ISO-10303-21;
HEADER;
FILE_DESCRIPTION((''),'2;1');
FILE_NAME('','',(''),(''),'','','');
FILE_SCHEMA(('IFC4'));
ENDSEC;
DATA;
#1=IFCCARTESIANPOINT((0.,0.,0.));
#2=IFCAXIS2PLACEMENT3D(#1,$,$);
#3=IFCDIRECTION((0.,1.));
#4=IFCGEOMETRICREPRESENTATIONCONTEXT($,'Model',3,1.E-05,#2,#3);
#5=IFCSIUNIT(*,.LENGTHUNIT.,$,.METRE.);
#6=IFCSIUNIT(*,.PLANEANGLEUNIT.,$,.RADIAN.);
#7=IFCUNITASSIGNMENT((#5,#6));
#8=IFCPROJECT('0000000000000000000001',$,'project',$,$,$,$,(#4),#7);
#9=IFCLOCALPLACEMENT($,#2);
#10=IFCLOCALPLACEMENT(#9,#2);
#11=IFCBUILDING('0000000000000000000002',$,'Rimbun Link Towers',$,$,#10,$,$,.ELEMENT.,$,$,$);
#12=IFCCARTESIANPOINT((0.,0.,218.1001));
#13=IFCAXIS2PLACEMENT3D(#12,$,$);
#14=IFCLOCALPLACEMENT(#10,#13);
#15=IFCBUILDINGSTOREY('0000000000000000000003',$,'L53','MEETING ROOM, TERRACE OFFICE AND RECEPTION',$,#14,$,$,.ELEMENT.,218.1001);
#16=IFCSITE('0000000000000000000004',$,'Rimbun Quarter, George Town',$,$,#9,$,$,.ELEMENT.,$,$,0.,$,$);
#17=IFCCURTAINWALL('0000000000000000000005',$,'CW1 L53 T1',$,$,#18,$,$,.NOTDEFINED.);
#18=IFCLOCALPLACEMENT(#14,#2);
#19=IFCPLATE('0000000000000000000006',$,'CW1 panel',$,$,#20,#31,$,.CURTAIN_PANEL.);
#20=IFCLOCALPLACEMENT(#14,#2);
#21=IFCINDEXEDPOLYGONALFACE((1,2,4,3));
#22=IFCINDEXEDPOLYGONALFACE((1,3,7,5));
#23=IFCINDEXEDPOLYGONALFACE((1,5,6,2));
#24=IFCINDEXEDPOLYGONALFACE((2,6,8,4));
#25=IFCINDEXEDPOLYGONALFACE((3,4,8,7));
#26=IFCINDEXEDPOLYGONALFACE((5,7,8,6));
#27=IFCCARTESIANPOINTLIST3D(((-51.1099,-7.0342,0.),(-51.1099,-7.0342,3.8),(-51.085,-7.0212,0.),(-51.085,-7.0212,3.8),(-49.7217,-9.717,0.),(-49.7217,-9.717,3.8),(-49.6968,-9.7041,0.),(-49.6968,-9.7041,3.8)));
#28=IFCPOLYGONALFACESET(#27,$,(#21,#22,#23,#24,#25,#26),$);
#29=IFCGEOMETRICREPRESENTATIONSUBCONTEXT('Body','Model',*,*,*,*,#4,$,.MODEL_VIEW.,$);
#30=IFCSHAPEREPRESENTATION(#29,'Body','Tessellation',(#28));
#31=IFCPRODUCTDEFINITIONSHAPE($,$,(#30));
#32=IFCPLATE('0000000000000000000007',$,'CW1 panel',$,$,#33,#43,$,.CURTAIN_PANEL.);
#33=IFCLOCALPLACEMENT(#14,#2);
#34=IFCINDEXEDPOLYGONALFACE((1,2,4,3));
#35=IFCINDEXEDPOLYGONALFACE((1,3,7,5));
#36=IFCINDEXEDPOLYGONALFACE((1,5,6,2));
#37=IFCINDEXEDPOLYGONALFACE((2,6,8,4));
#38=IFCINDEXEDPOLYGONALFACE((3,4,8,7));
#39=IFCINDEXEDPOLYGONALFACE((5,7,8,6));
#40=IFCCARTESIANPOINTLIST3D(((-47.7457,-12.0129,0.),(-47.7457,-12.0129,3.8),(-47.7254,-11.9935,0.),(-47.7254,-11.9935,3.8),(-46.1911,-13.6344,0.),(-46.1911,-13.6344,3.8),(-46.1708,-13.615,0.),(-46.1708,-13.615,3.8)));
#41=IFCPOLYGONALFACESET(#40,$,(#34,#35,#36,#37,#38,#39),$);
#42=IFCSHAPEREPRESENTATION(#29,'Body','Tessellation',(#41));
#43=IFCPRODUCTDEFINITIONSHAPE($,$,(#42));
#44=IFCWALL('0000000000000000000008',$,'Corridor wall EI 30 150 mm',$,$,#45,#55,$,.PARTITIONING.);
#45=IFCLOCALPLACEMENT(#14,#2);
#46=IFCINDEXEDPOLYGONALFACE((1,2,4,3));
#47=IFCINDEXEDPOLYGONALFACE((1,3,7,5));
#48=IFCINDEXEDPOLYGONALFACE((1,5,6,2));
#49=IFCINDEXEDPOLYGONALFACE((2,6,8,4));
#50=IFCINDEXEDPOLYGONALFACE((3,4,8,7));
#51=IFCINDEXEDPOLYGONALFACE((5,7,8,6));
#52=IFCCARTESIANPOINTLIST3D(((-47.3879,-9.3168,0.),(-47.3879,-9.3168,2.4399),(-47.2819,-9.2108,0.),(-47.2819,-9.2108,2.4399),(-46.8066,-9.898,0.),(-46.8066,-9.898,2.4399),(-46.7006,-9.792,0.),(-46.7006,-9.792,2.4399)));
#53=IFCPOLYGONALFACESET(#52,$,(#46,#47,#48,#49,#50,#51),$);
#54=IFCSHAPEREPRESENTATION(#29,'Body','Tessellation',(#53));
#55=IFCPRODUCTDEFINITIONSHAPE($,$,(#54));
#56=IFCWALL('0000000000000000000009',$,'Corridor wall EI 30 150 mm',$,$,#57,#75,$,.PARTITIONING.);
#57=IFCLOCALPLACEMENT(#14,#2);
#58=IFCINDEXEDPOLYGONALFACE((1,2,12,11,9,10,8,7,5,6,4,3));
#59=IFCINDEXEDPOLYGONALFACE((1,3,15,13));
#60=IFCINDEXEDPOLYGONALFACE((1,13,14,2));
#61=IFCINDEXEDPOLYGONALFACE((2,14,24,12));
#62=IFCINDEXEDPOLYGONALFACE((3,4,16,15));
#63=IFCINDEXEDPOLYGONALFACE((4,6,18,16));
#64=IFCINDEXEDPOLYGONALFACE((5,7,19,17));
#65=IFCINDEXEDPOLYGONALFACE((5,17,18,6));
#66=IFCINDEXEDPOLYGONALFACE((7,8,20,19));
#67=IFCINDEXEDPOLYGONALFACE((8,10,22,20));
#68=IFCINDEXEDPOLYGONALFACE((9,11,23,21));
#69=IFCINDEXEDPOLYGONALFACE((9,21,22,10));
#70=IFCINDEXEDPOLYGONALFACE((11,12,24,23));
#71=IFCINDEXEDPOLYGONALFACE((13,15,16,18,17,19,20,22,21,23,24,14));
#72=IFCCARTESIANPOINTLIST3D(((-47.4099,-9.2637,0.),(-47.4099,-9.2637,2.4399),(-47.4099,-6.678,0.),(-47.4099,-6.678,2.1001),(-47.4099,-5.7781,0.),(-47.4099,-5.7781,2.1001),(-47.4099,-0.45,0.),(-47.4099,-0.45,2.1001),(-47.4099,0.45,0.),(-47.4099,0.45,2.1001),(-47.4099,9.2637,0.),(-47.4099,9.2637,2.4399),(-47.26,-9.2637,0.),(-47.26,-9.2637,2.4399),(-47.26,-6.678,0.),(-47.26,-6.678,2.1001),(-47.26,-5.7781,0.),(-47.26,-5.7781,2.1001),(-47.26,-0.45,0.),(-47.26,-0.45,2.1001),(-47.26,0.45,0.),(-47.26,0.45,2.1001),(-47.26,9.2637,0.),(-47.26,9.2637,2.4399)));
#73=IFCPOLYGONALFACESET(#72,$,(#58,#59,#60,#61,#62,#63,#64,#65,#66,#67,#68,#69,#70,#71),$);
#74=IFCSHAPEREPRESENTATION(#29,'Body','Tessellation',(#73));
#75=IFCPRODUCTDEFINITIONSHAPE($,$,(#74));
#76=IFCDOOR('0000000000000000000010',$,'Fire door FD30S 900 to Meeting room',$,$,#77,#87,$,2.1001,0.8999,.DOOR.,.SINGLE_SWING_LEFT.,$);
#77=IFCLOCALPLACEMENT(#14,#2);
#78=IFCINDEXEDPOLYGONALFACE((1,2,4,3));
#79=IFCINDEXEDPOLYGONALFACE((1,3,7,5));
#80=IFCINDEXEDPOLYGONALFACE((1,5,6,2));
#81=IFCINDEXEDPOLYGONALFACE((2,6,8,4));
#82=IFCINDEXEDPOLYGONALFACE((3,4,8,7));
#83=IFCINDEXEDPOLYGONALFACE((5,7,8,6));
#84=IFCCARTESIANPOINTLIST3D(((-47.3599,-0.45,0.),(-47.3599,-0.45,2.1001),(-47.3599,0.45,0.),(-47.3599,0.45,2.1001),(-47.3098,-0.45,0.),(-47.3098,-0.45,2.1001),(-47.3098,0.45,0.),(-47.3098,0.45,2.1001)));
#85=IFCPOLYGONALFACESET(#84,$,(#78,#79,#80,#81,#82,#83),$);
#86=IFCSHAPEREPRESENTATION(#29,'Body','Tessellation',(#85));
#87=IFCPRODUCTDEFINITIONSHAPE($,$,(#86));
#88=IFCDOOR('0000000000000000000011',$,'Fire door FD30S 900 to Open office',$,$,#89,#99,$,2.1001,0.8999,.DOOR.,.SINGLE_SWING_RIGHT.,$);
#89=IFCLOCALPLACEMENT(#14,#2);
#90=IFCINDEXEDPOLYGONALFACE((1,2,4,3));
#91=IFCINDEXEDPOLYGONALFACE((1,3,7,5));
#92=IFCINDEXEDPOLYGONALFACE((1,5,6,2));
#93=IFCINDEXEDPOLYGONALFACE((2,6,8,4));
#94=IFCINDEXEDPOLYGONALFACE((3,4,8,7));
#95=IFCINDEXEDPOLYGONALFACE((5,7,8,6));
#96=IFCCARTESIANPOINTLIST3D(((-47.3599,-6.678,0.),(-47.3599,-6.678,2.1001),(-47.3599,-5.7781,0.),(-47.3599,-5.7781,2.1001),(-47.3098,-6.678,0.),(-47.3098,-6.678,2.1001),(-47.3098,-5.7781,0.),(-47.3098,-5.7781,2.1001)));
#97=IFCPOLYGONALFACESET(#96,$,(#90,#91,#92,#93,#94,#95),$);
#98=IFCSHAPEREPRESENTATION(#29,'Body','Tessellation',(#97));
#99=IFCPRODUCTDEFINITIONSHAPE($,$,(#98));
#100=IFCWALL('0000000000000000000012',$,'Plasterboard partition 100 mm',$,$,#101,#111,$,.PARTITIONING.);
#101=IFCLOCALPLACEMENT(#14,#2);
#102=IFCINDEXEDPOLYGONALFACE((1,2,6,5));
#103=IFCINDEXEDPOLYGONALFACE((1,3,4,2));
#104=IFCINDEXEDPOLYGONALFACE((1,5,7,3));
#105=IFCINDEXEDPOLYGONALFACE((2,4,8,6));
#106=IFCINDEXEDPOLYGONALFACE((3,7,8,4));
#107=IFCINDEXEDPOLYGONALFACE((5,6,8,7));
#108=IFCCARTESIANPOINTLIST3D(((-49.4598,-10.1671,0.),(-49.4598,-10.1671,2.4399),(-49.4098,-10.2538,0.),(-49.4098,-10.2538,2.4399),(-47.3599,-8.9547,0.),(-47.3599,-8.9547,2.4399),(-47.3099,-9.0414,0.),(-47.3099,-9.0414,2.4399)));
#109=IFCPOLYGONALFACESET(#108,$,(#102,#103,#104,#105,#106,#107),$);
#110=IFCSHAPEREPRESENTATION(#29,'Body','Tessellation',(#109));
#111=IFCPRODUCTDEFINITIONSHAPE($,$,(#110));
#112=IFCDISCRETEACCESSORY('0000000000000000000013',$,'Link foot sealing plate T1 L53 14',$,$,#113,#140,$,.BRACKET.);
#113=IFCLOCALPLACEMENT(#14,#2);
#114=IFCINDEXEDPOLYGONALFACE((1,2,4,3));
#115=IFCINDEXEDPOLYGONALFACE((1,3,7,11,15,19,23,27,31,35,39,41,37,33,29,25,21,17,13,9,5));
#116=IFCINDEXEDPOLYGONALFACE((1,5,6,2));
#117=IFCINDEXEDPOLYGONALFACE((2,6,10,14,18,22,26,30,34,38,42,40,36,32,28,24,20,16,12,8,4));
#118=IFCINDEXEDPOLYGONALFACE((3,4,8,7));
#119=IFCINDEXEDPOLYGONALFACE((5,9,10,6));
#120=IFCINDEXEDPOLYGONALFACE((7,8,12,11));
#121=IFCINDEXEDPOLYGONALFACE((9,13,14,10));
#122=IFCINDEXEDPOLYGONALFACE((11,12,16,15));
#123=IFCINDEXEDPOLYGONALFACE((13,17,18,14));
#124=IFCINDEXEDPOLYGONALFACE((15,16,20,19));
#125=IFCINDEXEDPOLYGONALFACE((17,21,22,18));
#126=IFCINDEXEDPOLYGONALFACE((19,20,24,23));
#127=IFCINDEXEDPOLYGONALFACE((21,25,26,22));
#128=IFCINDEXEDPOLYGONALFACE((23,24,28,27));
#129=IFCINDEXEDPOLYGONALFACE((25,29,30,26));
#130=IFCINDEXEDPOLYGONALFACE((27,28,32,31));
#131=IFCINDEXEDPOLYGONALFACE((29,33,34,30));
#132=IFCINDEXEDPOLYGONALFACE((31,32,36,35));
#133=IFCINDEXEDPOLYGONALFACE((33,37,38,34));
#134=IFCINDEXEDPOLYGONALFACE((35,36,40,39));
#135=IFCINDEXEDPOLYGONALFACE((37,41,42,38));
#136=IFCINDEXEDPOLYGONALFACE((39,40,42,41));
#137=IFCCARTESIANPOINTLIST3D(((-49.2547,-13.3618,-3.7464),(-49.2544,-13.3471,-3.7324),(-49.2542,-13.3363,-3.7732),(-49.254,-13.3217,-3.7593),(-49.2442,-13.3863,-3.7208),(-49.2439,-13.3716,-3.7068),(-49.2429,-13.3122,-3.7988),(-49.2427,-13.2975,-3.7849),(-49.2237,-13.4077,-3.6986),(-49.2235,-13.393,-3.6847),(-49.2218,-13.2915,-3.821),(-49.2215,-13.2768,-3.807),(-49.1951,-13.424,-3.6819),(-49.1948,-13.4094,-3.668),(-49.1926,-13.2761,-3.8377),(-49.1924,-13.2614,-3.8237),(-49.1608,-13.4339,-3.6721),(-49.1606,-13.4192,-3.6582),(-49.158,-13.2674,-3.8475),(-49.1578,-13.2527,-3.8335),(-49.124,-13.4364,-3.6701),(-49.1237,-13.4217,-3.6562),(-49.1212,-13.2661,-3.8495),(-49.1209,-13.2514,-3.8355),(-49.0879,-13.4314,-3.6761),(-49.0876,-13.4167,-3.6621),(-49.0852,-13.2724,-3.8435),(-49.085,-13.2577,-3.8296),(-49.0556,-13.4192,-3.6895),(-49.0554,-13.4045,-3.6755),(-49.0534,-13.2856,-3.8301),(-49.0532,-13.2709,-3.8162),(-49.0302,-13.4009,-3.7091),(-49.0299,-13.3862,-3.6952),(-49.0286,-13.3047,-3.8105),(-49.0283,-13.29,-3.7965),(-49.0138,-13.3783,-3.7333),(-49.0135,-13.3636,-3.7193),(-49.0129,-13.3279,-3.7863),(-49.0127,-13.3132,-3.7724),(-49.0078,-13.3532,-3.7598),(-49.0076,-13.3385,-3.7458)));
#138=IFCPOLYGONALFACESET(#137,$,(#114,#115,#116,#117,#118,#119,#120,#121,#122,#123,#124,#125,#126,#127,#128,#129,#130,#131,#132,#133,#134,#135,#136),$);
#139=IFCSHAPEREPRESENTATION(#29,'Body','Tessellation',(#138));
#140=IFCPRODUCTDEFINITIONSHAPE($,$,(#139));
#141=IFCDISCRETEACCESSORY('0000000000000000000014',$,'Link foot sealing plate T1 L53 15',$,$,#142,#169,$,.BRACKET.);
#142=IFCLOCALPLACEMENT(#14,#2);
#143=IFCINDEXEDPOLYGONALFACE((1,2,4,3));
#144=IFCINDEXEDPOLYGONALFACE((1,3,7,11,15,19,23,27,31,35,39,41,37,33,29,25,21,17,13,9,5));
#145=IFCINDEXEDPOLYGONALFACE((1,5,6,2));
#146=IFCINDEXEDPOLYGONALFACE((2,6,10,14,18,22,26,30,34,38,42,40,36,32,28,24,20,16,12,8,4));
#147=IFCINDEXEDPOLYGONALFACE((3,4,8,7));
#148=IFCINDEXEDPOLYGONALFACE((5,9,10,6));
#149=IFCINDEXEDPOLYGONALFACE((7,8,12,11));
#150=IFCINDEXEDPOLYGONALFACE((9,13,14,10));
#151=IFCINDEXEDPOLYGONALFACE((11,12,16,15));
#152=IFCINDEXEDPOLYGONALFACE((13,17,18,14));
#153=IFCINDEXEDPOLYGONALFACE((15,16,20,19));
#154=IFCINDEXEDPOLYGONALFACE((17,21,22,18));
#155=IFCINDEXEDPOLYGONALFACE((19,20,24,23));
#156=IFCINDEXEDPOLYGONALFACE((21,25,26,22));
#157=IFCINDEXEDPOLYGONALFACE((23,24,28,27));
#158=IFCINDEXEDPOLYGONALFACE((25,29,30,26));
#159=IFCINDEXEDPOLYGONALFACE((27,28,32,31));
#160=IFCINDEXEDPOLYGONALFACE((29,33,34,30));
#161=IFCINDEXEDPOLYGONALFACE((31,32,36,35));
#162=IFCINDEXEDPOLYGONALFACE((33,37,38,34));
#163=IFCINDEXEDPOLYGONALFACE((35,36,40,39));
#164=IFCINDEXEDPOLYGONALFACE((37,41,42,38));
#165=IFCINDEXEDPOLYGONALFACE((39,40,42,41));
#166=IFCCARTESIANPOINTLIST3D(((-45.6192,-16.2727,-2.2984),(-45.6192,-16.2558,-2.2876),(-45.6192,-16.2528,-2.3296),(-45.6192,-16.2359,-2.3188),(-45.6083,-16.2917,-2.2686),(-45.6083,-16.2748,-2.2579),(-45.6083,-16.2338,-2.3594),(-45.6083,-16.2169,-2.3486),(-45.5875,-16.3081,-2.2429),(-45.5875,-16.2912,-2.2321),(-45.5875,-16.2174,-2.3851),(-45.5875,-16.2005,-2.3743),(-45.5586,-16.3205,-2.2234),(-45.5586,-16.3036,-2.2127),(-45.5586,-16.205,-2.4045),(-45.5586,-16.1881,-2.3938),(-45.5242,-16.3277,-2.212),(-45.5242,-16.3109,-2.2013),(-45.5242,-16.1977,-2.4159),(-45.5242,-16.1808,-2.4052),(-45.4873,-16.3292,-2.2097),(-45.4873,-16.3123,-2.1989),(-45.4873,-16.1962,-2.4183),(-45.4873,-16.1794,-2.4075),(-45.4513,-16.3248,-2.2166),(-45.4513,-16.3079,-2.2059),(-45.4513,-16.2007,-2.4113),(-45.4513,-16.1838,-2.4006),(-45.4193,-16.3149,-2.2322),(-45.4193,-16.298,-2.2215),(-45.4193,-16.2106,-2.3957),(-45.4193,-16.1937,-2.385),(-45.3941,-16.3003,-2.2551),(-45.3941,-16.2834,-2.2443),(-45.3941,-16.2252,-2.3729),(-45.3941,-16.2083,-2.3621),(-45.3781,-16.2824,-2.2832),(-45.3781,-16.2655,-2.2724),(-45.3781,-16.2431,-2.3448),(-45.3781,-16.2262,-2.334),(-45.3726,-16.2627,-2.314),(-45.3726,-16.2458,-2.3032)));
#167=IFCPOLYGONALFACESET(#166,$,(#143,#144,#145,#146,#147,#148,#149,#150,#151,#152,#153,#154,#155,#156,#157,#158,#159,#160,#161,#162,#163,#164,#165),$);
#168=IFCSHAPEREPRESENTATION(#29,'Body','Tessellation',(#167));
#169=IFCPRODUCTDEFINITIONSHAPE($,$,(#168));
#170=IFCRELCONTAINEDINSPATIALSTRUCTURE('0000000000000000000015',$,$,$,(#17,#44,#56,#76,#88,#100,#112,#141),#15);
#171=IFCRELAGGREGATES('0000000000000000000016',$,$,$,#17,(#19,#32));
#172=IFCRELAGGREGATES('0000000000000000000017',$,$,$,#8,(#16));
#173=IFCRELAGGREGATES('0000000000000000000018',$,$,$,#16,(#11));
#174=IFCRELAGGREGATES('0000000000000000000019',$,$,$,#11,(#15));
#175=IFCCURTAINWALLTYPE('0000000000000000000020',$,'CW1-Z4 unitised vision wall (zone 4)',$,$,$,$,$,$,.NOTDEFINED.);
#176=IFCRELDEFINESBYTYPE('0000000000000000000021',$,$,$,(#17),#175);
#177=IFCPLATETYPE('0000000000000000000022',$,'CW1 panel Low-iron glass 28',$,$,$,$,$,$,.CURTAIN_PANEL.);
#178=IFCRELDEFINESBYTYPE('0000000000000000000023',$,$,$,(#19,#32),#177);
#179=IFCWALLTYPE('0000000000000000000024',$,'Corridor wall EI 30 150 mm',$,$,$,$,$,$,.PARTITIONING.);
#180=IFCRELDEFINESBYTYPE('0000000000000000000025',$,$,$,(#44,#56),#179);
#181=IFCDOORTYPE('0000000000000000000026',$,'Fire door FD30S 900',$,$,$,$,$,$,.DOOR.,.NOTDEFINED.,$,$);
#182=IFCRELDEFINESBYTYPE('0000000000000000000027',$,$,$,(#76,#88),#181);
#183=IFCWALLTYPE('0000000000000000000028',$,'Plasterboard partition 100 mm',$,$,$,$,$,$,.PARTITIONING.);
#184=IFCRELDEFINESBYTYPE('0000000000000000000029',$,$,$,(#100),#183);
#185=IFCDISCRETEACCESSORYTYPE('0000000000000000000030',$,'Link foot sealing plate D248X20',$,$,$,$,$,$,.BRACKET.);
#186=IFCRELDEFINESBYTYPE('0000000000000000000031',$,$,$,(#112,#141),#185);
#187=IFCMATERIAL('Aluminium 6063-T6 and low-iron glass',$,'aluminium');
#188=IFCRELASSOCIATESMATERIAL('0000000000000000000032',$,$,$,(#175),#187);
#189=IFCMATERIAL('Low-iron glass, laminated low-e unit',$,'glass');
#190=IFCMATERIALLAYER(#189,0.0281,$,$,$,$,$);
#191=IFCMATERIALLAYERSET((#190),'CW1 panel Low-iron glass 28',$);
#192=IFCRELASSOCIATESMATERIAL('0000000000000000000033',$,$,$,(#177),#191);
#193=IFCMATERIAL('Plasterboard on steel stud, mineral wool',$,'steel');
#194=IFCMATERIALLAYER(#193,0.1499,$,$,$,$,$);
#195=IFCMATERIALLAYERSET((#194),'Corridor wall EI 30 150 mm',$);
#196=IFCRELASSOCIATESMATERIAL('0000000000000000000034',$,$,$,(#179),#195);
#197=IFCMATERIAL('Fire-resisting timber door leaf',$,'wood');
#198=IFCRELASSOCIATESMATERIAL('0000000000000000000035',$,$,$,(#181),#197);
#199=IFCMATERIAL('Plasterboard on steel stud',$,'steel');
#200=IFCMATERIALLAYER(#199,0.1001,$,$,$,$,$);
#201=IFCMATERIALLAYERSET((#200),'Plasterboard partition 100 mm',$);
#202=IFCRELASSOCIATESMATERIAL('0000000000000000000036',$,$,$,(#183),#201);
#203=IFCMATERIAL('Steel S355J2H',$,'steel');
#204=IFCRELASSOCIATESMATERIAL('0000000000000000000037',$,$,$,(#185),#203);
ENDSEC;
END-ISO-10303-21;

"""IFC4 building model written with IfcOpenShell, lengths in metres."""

from ifc_helpers import new_model, si_unit, direction, frame, frame_2d, origin, origin_2d, place, context, subcontext, project, spatial, rectangle, circle, extrude, material, layer, layer_set, material_profile, profile_set, type_object, element, fill, aggregate, save


model = new_model("IFC4")

# Units and contexts
model_context = context("Model", 3, precision=1e-05, world=origin(), true_north=direction((0.0, 1.0)))
body_context = subcontext(model_context, "Body", "Model", "MODEL_VIEW")
ifc_project = project(units=[si_unit("LENGTHUNIT", "METRE"), si_unit("PLANEANGLEUNIT", "RADIAN")], contexts=[model_context])

# Site, building, storey
site_placement = place(None, origin())
site = spatial("IfcSite", under=ifc_project, at=site_placement, Name="Rimbun Quarter, George Town", CompositionType="ELEMENT", RefElevation=0.0)
building_placement = place(site_placement, origin())
building = spatial("IfcBuilding", under=site, at=building_placement, Name="Rimbun Link Towers", CompositionType="ELEMENT")
storey_placement = place(building_placement, frame((0.0, 0.0, 218.1001)))
storey = spatial("IfcBuildingStorey", under=building, at=storey_placement, Name="L53", Description="MEETING ROOM, TERRACE OFFICE AND RECEPTION", CompositionType="ELEMENT", Elevation=218.1001)

# Curtain wall
ifc_material_1 = material(Name="Aluminium 6063-T6 and low-iron glass", Category="aluminium")
curtain_wall_type = type_object("IfcCurtainWallType", Name="CW1-Z4 unitised vision wall (zone 4)", PredefinedType="NOTDEFINED", material=ifc_material_1)
curtain_wall_placement = place(storey_placement, origin())
curtain_wall = element("IfcCurtainWall", 1, at=curtain_wall_placement, inside=storey, type_object=curtain_wall_type, Name="CW1 L53 T1", PredefinedType="NOTDEFINED")

# Plates
ifc_material_2 = material(Name="Low-iron glass, laminated low-e unit", Category="glass")
ifc_layer_1 = layer(ifc_material_2, 0.0281)
ifc_layer_set_1 = layer_set([ifc_layer_1], Name="CW1 panel Low-iron glass 28")
plate_type = type_object("IfcPlateType", Name="CW1 panel Low-iron glass 28", PredefinedType="CURTAIN_PANEL", material=ifc_layer_set_1)
plate_1_placement = place(storey_placement, frame((-50.4033, -8.3691, 0.0), z_axis=(0.0, 0.0, 1.0), x_axis=(-0.459554, 0.88815, 0.0)))
plate_1 = element("IfcPlate", 2, at=plate_1_placement, type_object=plate_type, Name="CW1 panel", PredefinedType="CURTAIN_PANEL", context=body_context, shape_type="SweptSolid", body=[
    extrude(rectangle(XDim=3.0208, YDim=0.0281, at=origin_2d()), origin(), (0.0, 0.0, 1.0), 3.8),
])
plate_2_placement = place(storey_placement, frame((-46.9583, -12.814, 0.0), z_axis=(0.0, 0.0, 1.0), x_axis=(-0.692053, 0.721846, 0.0)))
plate_2 = element("IfcPlate", 3, at=plate_2_placement, type_object=plate_type, Name="CW1 panel", PredefinedType="CURTAIN_PANEL", context=body_context, shape_type="SweptSolid", body=[
    extrude(rectangle(XDim=2.2463, YDim=0.0281, at=origin_2d()), origin(), (0.0, 0.0, 1.0), 3.8),
])
aggregate(curtain_wall, [plate_1, plate_2])

# Wall
ifc_material_3 = material(Name="Plasterboard on steel stud, mineral wool", Category="steel")
ifc_layer_2 = layer(ifc_material_3, 0.1499)
ifc_layer_set_2 = layer_set([ifc_layer_2], Name="Corridor wall EI 30 150 mm")
wall_type_1 = type_object("IfcWallType", Name="Corridor wall EI 30 150 mm", PredefinedType="PARTITIONING", material=ifc_layer_set_2)
wall_1_placement = place(storey_placement, frame((-47.335, -9.2637, 0.0), z_axis=(0.0, 0.0, 1.0), x_axis=(0.707107, -0.707107, 0.0)))
element("IfcWall", 4, at=wall_1_placement, inside=storey, type_object=wall_type_1, Name="Corridor wall EI 30 150 mm", PredefinedType="PARTITIONING", context=body_context, shape_type="SweptSolid", body=[
    extrude(rectangle(XDim=0.822, YDim=0.1499, at=frame_2d((0.4111, 0.0))), origin(), (0.0, 0.0, 1.0), 2.4399),
])

# Wall, openings, doors
wall_2_placement = place(storey_placement, frame((-47.335, -9.2637, 0.0), z_axis=(0.0, 0.0, 1.0), x_axis=(0.0, 1.0, 0.0)))
wall_2 = element("IfcWall", 5, at=wall_2_placement, inside=storey, type_object=wall_type_1, Name="Corridor wall EI 30 150 mm", PredefinedType="PARTITIONING", context=body_context, shape_type="SweptSolid", body=[
    extrude(rectangle(XDim=18.5273, YDim=0.1499, at=frame_2d((9.2637, 0.0))), origin(), (0.0, 0.0, 1.0), 2.4399),
])
opening_1_placement = place(wall_2_placement, frame((8.8137, 0.0, 0.0)))
opening_1 = element("IfcOpeningElement", 6, at=opening_1_placement, cuts=wall_2, PredefinedType="OPENING", context=body_context, shape_type="SweptSolid", body=[
    extrude(rectangle(XDim=0.8999, YDim=2.1001, at=frame_2d((0.45, 1.05))), frame((0.0, 0.085, 0.0), z_axis=(0.0, -1.0, 0.0), x_axis=(1.0, 0.0, 0.0)), (0.0, 0.0, 1.0), 0.1699),
])
opening_2_placement = place(wall_2_placement, frame((2.5857, 0.0, 0.0)))
opening_2 = element("IfcOpeningElement", 7, at=opening_2_placement, cuts=wall_2, PredefinedType="OPENING", context=body_context, shape_type="SweptSolid", body=[
    extrude(rectangle(XDim=0.8999, YDim=2.1001, at=frame_2d((0.45, 1.05))), frame((0.0, 0.085, 0.0), z_axis=(0.0, -1.0, 0.0), x_axis=(1.0, 0.0, 0.0)), (0.0, 0.0, 1.0), 0.1699),
])
ifc_material_4 = material(Name="Fire-resisting timber door leaf", Category="wood")
door_type = type_object("IfcDoorType", Name="Fire door FD30S 900", OperationType="NOTDEFINED", PredefinedType="DOOR", material=ifc_material_4)
door_1_placement = place(opening_1_placement, origin())
door_1 = element("IfcDoor", 8, at=door_1_placement, inside=storey, type_object=door_type, Name="Fire door FD30S 900 to Meeting room", OperationType="SINGLE_SWING_LEFT", OverallHeight=2.1001, OverallWidth=0.8999, PredefinedType="DOOR", context=body_context, shape_type="SweptSolid", body=[
    extrude(rectangle(XDim=0.8999, YDim=2.1001, at=frame_2d((0.45, 1.05))), frame((0.0, 0.0249, 0.0), z_axis=(0.0, -1.0, 0.0), x_axis=(1.0, 0.0, 0.0)), (0.0, 0.0, 1.0), 0.05),
])
fill(opening_1, door_1)
door_2_placement = place(opening_2_placement, origin())
door_2 = element("IfcDoor", 9, at=door_2_placement, inside=storey, type_object=door_type, Name="Fire door FD30S 900 to Open office", OperationType="SINGLE_SWING_RIGHT", OverallHeight=2.1001, OverallWidth=0.8999, PredefinedType="DOOR", context=body_context, shape_type="SweptSolid", body=[
    extrude(rectangle(XDim=0.8999, YDim=2.1001, at=frame_2d((0.45, 1.05))), frame((0.0, 0.0249, 0.0), z_axis=(0.0, -1.0, 0.0), x_axis=(1.0, 0.0, 0.0)), (0.0, 0.0, 1.0), 0.05),
])
fill(opening_2, door_2)

# Wall
ifc_material_5 = material(Name="Plasterboard on steel stud", Category="steel")
ifc_layer_3 = layer(ifc_material_5, 0.1001)
ifc_layer_set_3 = layer_set([ifc_layer_3], Name="Plasterboard partition 100 mm")
wall_type_2 = type_object("IfcWallType", Name="Plasterboard partition 100 mm", PredefinedType="PARTITIONING", material=ifc_layer_set_3)
wall_3_placement = place(storey_placement, frame((-49.4348, -10.2104, 0.0), z_axis=(0.0, 0.0, 1.0), x_axis=(0.866016, 0.500016, 0.0)))
element("IfcWall", 10, at=wall_3_placement, inside=storey, type_object=wall_type_2, Name="Plasterboard partition 100 mm", PredefinedType="PARTITIONING", context=body_context, shape_type="SweptSolid", body=[
    extrude(rectangle(XDim=2.4248, YDim=0.1001, at=frame_2d((1.2124, 0.0))), origin(), (0.0, 0.0, 1.0), 2.4399),
])

# Discrete accessories
ifc_material_6 = material(Name="Steel S355J2H", Category="steel")
ifc_material_profile_1 = material_profile(ifc_material_6, circle(Radius=0.124, at=origin_2d()), Name="PL D248")
ifc_profile_set_1 = profile_set([ifc_material_profile_1], Name="Steel S355J2H")
discrete_accessory_type = type_object("IfcDiscreteAccessoryType", Name="Link foot sealing plate D248X20", PredefinedType="BRACKET", material=ifc_profile_set_1)
discrete_accessory_1_placement = place(storey_placement, frame((-49.1316, -13.3364, -3.7458), z_axis=(-0.012082, -0.724947, -0.688699), x_axis=(0.999861, -0.016664, 0.0)))
element("IfcDiscreteAccessory", 11, at=discrete_accessory_1_placement, inside=storey, type_object=discrete_accessory_type, Name="Link foot sealing plate T1 L53 14", PredefinedType="BRACKET", context=body_context, shape_type="SweptSolid", body=[
    extrude(circle(Radius=0.124, at=origin_2d()), origin(), (0.0, 0.0, 1.0), 0.0203),
])
discrete_accessory_2_placement = place(storey_placement, frame((-45.4966, -16.2458, -2.3032), z_axis=(0.0, -0.843158, -0.537666), x_axis=(1.0, 0.0, 0.0)))
element("IfcDiscreteAccessory", 12, at=discrete_accessory_2_placement, inside=storey, type_object=discrete_accessory_type, Name="Link foot sealing plate T1 L53 15", PredefinedType="BRACKET", context=body_context, shape_type="SweptSolid", body=[
    extrude(circle(Radius=0.124, at=origin_2d()), origin(), (0.0, 0.0, 1.0), 0.02),
])

save(model, "model.ifc")
